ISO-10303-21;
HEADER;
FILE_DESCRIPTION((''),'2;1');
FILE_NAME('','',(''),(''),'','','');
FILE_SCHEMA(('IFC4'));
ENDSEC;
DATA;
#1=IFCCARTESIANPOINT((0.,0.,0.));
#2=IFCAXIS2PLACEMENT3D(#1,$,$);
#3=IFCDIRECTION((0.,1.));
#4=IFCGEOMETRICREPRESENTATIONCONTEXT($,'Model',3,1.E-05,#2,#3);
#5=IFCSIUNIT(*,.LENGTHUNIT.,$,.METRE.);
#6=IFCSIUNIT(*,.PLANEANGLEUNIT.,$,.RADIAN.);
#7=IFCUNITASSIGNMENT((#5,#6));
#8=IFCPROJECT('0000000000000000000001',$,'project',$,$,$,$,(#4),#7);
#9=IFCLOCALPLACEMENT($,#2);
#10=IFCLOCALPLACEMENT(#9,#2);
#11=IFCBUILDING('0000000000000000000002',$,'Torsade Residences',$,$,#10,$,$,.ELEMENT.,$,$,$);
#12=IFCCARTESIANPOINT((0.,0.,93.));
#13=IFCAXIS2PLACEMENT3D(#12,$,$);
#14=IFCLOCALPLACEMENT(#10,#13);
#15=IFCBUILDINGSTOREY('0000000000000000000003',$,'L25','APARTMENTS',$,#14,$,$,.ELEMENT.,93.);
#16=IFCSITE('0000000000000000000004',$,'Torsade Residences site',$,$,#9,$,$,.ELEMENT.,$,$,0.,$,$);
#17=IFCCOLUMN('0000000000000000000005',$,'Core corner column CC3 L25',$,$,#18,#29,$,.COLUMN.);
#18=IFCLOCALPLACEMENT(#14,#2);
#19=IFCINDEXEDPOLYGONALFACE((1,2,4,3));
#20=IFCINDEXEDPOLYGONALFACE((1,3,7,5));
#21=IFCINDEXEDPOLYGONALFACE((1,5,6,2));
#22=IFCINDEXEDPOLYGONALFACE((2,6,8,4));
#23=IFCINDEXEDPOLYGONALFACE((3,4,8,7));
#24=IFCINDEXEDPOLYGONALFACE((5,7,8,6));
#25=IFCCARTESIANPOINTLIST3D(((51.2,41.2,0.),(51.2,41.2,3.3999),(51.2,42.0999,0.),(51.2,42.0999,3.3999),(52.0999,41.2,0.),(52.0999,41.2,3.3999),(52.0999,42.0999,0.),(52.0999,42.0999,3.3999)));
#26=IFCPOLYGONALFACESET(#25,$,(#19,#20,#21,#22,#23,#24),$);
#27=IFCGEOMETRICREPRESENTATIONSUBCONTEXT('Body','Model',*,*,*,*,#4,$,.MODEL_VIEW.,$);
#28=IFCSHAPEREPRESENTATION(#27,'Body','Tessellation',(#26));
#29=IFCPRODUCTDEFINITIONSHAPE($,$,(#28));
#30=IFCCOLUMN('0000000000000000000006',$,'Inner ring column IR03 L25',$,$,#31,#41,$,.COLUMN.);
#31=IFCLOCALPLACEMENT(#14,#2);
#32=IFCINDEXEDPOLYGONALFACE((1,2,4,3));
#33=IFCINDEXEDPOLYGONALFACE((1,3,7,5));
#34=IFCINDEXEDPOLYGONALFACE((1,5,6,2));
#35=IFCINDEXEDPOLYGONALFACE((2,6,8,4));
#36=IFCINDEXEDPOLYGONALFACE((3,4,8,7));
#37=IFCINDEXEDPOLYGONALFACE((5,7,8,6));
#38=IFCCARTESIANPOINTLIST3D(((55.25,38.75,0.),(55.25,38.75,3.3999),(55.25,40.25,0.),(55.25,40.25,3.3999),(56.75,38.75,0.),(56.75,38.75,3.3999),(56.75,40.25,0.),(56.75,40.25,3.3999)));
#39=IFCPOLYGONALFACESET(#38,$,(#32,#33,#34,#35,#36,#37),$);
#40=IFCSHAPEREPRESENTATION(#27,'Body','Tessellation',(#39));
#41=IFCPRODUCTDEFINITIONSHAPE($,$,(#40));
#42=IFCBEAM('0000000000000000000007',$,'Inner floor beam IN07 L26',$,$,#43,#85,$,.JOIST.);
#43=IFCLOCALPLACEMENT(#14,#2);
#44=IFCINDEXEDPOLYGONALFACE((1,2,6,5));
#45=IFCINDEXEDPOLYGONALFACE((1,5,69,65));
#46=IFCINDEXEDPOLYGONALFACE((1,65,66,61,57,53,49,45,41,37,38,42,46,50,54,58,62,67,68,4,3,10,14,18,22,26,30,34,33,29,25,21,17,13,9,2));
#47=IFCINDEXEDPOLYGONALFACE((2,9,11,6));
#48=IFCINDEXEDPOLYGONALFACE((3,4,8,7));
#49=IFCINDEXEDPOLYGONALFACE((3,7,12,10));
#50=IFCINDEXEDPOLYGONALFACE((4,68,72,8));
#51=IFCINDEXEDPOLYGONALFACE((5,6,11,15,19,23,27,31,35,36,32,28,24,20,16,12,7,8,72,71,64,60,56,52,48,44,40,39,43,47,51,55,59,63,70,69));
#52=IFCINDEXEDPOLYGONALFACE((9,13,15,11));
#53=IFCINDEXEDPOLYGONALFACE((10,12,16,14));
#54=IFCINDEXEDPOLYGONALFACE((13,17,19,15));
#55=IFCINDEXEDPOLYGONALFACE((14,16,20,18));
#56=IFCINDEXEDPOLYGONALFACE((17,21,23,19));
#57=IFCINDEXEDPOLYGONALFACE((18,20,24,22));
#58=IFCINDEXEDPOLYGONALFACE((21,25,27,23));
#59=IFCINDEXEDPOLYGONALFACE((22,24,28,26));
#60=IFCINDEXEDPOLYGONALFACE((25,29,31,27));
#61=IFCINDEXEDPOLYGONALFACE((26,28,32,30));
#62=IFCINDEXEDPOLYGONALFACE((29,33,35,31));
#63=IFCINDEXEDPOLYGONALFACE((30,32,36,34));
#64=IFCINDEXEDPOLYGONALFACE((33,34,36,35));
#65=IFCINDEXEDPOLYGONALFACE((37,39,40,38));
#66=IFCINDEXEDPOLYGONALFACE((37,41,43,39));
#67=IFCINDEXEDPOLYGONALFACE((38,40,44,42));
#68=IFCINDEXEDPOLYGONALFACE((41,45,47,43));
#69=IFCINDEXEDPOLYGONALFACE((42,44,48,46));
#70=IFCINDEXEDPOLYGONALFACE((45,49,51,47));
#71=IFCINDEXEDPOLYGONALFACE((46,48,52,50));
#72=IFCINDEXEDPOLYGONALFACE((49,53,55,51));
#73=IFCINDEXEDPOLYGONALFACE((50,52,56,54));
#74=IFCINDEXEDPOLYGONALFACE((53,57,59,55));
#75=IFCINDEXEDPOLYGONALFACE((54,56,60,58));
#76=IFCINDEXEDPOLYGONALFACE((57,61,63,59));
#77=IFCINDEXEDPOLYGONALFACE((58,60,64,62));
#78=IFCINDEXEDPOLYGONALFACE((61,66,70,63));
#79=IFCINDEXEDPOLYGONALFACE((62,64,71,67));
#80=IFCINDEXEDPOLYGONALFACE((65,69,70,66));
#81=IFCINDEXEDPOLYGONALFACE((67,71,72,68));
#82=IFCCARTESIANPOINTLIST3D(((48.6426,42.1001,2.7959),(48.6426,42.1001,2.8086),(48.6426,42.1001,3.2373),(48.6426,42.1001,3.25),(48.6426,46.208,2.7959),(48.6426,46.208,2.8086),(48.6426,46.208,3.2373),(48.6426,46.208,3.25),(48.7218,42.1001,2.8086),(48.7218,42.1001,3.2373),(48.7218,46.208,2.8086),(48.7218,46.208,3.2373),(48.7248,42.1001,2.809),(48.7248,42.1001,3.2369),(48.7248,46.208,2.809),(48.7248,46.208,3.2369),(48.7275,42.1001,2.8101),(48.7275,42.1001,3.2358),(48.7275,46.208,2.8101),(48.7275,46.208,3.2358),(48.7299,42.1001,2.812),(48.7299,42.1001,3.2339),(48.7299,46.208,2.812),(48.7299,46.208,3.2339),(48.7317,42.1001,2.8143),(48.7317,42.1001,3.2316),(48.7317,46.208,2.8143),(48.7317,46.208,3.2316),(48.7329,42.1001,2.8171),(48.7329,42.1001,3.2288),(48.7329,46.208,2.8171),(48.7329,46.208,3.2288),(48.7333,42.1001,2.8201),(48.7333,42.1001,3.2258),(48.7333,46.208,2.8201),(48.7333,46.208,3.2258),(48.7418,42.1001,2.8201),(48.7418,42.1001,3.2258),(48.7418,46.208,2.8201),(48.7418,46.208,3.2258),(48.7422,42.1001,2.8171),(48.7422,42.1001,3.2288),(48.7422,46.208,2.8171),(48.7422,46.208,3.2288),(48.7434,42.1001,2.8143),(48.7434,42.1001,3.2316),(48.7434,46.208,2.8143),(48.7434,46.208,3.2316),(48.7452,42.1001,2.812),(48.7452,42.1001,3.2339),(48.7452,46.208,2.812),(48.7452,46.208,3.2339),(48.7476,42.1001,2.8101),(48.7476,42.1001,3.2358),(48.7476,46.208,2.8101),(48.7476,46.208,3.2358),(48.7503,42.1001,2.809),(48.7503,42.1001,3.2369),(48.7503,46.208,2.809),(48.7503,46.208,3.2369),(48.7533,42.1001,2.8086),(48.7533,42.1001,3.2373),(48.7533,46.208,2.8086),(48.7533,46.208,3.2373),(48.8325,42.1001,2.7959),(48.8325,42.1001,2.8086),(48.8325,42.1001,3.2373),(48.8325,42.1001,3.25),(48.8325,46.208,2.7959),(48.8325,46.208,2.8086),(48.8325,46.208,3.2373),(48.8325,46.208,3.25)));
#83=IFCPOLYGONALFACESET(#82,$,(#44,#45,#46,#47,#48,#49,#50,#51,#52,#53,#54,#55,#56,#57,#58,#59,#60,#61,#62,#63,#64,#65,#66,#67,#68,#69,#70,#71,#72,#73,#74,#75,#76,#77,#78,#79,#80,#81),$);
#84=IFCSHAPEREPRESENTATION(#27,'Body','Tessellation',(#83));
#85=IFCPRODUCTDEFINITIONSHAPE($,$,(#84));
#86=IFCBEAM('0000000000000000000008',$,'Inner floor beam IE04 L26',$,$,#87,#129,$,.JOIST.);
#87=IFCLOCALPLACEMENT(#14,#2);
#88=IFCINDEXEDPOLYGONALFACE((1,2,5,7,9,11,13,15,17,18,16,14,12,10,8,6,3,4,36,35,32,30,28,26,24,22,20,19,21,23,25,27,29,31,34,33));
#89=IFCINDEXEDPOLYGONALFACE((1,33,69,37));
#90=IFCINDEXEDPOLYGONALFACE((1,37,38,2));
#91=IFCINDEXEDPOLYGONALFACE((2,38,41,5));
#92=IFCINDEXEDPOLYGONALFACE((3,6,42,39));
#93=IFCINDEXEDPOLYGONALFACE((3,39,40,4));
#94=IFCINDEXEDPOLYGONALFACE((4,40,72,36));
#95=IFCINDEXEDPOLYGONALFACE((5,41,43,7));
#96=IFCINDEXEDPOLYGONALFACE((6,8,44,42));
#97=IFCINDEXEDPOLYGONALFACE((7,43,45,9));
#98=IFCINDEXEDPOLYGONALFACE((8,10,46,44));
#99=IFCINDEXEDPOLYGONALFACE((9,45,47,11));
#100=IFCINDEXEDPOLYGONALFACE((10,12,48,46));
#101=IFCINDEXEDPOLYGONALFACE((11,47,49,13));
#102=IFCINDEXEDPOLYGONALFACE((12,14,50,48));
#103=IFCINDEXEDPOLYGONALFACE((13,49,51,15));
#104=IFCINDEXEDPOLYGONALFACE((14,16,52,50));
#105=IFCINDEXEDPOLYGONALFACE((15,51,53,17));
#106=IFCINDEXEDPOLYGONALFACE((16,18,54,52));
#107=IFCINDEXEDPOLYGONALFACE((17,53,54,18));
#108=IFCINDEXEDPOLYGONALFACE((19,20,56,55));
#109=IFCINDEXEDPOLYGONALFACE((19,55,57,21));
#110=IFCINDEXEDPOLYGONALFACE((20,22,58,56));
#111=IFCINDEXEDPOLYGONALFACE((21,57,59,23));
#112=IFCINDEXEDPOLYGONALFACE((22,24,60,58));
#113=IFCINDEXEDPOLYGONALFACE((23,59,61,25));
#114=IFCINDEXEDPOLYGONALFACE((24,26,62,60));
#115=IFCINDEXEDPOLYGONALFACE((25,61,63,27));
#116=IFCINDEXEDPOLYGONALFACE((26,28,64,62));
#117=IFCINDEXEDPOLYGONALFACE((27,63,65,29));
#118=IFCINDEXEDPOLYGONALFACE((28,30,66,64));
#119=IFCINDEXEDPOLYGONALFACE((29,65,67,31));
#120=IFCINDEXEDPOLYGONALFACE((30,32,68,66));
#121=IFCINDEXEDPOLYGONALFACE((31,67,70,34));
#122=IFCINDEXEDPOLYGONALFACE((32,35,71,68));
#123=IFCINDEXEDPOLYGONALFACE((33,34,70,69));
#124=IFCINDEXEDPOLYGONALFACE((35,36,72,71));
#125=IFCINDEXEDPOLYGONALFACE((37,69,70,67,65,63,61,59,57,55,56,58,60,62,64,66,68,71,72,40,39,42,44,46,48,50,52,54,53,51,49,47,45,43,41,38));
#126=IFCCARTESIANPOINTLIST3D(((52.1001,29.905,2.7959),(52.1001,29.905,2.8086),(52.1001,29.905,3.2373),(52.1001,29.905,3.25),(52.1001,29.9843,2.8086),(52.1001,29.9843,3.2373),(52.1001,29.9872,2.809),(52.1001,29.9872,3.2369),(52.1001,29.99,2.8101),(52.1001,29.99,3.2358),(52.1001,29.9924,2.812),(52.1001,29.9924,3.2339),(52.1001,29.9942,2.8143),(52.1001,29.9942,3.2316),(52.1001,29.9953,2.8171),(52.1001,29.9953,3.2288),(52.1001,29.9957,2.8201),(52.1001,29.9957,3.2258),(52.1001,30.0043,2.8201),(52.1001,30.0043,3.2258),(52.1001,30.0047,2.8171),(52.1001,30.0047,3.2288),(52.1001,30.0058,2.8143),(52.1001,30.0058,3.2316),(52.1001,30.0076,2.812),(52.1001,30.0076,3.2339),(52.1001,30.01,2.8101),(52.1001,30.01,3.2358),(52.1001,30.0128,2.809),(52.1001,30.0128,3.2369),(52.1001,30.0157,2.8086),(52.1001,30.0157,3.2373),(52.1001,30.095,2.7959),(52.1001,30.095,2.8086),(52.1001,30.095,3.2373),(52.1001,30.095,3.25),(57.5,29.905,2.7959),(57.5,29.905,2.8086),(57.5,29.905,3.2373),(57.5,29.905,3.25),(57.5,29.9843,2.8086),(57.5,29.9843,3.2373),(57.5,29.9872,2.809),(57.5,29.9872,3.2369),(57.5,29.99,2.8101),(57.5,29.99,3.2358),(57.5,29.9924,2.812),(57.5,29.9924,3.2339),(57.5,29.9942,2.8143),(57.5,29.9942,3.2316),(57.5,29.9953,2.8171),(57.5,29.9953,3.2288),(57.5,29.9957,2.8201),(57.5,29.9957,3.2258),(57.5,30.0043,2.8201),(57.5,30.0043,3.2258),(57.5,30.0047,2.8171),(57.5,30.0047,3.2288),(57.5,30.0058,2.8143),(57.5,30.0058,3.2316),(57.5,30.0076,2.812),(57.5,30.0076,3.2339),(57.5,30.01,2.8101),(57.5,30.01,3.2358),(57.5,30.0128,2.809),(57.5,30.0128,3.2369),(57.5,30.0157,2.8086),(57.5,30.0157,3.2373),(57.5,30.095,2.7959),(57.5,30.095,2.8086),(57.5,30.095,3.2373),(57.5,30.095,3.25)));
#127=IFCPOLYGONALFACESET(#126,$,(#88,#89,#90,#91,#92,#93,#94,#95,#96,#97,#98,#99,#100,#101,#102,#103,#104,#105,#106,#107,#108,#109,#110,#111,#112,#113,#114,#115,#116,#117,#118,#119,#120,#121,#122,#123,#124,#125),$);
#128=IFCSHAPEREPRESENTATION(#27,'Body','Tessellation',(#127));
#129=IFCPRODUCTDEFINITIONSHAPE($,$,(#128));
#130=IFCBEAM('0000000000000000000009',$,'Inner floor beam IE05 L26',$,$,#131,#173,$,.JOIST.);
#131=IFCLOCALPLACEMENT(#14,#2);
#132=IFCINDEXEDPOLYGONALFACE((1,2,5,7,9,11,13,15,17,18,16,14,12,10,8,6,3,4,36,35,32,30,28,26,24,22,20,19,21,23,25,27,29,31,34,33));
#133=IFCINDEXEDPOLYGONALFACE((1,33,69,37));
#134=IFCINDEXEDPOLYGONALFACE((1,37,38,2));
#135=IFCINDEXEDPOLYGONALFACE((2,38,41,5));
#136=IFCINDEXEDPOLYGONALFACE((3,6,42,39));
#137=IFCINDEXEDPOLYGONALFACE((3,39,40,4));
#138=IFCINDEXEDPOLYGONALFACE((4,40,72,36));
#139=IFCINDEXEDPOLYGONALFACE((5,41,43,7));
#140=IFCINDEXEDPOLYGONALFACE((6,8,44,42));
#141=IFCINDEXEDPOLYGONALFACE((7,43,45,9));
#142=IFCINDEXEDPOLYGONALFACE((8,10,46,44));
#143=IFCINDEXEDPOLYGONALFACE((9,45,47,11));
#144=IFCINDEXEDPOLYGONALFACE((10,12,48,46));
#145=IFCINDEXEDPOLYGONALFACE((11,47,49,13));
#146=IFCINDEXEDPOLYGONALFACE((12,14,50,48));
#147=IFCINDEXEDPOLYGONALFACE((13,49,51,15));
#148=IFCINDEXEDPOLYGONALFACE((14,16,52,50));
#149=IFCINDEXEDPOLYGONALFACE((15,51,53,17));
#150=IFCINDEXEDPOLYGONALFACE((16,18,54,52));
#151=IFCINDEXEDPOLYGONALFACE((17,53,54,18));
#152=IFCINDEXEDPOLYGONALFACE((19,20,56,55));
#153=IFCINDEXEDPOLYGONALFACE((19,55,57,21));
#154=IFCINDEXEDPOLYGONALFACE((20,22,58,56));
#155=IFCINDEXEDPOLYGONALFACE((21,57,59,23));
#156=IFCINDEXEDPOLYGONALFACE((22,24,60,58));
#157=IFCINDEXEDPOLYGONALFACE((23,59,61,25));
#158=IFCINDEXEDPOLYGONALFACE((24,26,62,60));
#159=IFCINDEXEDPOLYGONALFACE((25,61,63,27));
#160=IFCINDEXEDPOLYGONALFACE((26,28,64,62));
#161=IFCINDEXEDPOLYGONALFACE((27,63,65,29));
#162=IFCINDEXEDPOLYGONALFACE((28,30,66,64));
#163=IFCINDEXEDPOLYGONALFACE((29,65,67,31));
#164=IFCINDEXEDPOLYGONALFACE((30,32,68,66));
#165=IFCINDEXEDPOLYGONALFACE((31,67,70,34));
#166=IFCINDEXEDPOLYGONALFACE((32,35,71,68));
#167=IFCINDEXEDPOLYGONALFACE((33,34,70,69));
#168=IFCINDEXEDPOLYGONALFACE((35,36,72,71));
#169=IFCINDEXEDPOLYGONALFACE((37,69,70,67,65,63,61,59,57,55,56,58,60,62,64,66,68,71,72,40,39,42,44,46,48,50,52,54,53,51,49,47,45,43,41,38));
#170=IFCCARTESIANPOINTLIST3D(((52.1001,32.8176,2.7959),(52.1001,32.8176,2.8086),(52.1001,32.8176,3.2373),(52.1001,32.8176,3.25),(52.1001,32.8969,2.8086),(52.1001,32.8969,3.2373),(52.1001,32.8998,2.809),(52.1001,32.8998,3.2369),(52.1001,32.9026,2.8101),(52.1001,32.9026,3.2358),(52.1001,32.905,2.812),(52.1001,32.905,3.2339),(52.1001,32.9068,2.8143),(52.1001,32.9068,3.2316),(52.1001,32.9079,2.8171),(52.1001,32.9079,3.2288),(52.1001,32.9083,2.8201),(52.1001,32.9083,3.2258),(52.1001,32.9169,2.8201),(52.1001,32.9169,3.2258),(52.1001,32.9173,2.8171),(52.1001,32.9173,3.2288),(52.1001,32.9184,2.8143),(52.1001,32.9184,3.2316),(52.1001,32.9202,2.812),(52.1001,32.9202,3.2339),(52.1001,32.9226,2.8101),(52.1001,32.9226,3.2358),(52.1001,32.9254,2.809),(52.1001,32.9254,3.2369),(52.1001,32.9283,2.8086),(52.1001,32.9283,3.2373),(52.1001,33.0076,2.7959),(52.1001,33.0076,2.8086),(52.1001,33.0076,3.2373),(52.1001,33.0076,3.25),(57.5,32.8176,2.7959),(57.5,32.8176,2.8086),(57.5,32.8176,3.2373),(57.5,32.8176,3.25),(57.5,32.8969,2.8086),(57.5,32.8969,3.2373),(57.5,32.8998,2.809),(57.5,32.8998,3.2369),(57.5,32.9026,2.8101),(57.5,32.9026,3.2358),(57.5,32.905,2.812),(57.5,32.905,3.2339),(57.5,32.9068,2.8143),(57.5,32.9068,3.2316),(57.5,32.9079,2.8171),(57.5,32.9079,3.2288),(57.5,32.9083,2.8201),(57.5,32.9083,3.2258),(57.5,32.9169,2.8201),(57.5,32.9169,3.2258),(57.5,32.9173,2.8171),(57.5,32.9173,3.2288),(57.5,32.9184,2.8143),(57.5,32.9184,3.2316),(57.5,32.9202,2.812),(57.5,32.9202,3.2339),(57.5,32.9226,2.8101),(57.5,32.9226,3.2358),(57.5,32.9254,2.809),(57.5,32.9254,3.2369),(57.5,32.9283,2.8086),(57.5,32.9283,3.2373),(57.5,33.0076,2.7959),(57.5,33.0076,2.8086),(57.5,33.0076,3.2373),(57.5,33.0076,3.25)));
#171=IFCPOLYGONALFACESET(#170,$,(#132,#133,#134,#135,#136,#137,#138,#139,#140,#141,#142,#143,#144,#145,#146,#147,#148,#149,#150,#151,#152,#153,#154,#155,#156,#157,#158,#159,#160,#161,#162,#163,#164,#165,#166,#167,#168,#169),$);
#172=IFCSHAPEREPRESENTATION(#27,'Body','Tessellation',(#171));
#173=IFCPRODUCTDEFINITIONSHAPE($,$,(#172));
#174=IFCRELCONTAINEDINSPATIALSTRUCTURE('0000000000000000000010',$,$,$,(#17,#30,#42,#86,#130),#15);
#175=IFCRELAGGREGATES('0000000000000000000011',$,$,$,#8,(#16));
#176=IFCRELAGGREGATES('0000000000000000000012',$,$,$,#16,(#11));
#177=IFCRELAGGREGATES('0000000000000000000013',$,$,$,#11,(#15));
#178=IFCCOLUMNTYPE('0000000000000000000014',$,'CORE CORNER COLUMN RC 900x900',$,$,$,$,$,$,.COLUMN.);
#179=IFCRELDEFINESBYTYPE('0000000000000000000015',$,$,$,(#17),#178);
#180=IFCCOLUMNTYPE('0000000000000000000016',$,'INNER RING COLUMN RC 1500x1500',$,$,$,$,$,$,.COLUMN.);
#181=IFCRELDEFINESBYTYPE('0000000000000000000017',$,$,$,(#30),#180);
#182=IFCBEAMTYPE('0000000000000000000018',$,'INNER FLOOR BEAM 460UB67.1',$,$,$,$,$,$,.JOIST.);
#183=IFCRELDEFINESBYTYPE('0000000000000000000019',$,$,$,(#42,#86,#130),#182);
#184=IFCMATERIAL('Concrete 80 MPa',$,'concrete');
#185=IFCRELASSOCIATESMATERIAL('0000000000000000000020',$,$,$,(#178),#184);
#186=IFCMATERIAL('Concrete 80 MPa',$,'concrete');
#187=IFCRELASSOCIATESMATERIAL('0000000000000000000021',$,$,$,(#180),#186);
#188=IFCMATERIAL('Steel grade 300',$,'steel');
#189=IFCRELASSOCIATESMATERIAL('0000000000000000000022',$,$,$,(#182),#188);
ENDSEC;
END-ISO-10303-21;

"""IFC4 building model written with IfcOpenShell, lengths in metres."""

from ifc_helpers import new_model, si_unit, direction, frame, origin, origin_2d, place, context, subcontext, project, spatial, rectangle, i_section, extrude, material, material_profile, profile_set, type_object, element, save


model = new_model("IFC4")

# Units and contexts
model_context = context("Model", 3, precision=1e-05, world=origin(), true_north=direction((0.0, 1.0)))
body_context = subcontext(model_context, "Body", "Model", "MODEL_VIEW")
ifc_project = project(units=[si_unit("LENGTHUNIT", "METRE"), si_unit("PLANEANGLEUNIT", "RADIAN")], contexts=[model_context])

# Site, building, storey
site_placement = place(None, origin())
site = spatial("IfcSite", under=ifc_project, at=site_placement, Name="Torsade Residences site", CompositionType="ELEMENT", RefElevation=0.0)
building_placement = place(site_placement, origin())
building = spatial("IfcBuilding", under=site, at=building_placement, Name="Torsade Residences", CompositionType="ELEMENT")
storey_placement = place(building_placement, frame((0.0, 0.0, 93.0)))
storey = spatial("IfcBuildingStorey", under=building, at=storey_placement, Name="L25", Description="APARTMENTS", CompositionType="ELEMENT", Elevation=93.0)

# Columns
ifc_material_1 = material(Name="Concrete 80 MPa", Category="concrete")
ifc_material_profile_1 = material_profile(ifc_material_1, rectangle(XDim=0.8999, YDim=0.8999, at=origin_2d()), Name="RC 900x900")
ifc_profile_set_1 = profile_set([ifc_material_profile_1], Name="Concrete 80 MPa")
column_type_1 = type_object("IfcColumnType", Name="CORE CORNER COLUMN RC 900x900", PredefinedType="COLUMN", material=ifc_profile_set_1)
column_1_placement = place(storey_placement, frame((51.6499, 41.6499, 0.0), z_axis=(0.0, 0.0, 1.0), x_axis=(1.0, 0.0, 0.0)))
element("IfcColumn", 1, at=column_1_placement, inside=storey, type_object=column_type_1, Name="Core corner column CC3 L25", PredefinedType="COLUMN", context=body_context, shape_type="SweptSolid", body=[
    extrude(rectangle(XDim=0.8999, YDim=0.8999, at=origin_2d()), origin(), (0.0, 0.0, 1.0), 3.3999),
])
ifc_material_2 = material(Name="Concrete 80 MPa", Category="concrete")
ifc_material_profile_2 = material_profile(ifc_material_2, rectangle(XDim=1.5, YDim=1.5, at=origin_2d()), Name="RC 1500x1500")
ifc_profile_set_2 = profile_set([ifc_material_profile_2], Name="Concrete 80 MPa")
column_type_2 = type_object("IfcColumnType", Name="INNER RING COLUMN RC 1500x1500", PredefinedType="COLUMN", material=ifc_profile_set_2)
column_2_placement = place(storey_placement, frame((56.0, 39.5, 0.0), z_axis=(0.0, 0.0, 1.0), x_axis=(1.0, 0.0, 0.0)))
element("IfcColumn", 2, at=column_2_placement, inside=storey, type_object=column_type_2, Name="Inner ring column IR03 L25", PredefinedType="COLUMN", context=body_context, shape_type="SweptSolid", body=[
    extrude(rectangle(XDim=1.5, YDim=1.5, at=origin_2d()), origin(), (0.0, 0.0, 1.0), 3.3999),
])

# Beams
ifc_material_3 = material(Name="Steel grade 300", Category="steel")
ifc_material_profile_3 = material_profile(ifc_material_3, i_section(OverallWidth=0.1899, OverallDepth=0.4541, WebThickness=0.0085, FlangeThickness=0.0127, FilletRadius=0.0115, at=origin_2d()), Name="460UB67.1")
ifc_profile_set_3 = profile_set([ifc_material_profile_3], Name="Steel grade 300")
beam_type_1 = type_object("IfcBeamType", Name="INNER FLOOR BEAM 460UB67.1", PredefinedType="JOIST", material=ifc_profile_set_3)
beam_1_placement = place(storey_placement, frame((48.7375, 42.1001, 3.0229), z_axis=(0.0, 1.0, 0.0), x_axis=(-1.0, 0.0, 0.0)))
element("IfcBeam", 3, at=beam_1_placement, inside=storey, type_object=beam_type_1, Name="Inner floor beam IN07 L26", PredefinedType="JOIST", context=body_context, shape_type="SweptSolid", body=[
    extrude(i_section(OverallWidth=0.1899, OverallDepth=0.4541, WebThickness=0.0085, FlangeThickness=0.0127, FilletRadius=0.0115, at=origin_2d()), origin(), (0.0, 0.0, 1.0), 4.1079),
])
for number, where, z_axis, x_axis, name in (
    (4, (52.1001, 30.0, 3.0229), (1.0, 0.0, 0.0), (0.0, 1.0, 0.0), "Inner floor beam IE04 L26"),
    (5, (52.1001, 32.9126, 3.0229), (1.0, 0.0, 0.0), (0.0, 1.0, 0.0), "Inner floor beam IE05 L26"),
):
    element("IfcBeam", number, at=place(storey_placement, frame(where, z_axis=z_axis, x_axis=x_axis)), inside=storey, type_object=beam_type_1, Name=name, PredefinedType="JOIST", context=body_context, shape_type="SweptSolid", body=[
        extrude(i_section(OverallWidth=0.1899, OverallDepth=0.4541, WebThickness=0.0085, FlangeThickness=0.0127, FilletRadius=0.0115, at=origin_2d()), origin(), (0.0, 0.0, 1.0), 5.3999),
    ])

save(model, "model.ifc")
